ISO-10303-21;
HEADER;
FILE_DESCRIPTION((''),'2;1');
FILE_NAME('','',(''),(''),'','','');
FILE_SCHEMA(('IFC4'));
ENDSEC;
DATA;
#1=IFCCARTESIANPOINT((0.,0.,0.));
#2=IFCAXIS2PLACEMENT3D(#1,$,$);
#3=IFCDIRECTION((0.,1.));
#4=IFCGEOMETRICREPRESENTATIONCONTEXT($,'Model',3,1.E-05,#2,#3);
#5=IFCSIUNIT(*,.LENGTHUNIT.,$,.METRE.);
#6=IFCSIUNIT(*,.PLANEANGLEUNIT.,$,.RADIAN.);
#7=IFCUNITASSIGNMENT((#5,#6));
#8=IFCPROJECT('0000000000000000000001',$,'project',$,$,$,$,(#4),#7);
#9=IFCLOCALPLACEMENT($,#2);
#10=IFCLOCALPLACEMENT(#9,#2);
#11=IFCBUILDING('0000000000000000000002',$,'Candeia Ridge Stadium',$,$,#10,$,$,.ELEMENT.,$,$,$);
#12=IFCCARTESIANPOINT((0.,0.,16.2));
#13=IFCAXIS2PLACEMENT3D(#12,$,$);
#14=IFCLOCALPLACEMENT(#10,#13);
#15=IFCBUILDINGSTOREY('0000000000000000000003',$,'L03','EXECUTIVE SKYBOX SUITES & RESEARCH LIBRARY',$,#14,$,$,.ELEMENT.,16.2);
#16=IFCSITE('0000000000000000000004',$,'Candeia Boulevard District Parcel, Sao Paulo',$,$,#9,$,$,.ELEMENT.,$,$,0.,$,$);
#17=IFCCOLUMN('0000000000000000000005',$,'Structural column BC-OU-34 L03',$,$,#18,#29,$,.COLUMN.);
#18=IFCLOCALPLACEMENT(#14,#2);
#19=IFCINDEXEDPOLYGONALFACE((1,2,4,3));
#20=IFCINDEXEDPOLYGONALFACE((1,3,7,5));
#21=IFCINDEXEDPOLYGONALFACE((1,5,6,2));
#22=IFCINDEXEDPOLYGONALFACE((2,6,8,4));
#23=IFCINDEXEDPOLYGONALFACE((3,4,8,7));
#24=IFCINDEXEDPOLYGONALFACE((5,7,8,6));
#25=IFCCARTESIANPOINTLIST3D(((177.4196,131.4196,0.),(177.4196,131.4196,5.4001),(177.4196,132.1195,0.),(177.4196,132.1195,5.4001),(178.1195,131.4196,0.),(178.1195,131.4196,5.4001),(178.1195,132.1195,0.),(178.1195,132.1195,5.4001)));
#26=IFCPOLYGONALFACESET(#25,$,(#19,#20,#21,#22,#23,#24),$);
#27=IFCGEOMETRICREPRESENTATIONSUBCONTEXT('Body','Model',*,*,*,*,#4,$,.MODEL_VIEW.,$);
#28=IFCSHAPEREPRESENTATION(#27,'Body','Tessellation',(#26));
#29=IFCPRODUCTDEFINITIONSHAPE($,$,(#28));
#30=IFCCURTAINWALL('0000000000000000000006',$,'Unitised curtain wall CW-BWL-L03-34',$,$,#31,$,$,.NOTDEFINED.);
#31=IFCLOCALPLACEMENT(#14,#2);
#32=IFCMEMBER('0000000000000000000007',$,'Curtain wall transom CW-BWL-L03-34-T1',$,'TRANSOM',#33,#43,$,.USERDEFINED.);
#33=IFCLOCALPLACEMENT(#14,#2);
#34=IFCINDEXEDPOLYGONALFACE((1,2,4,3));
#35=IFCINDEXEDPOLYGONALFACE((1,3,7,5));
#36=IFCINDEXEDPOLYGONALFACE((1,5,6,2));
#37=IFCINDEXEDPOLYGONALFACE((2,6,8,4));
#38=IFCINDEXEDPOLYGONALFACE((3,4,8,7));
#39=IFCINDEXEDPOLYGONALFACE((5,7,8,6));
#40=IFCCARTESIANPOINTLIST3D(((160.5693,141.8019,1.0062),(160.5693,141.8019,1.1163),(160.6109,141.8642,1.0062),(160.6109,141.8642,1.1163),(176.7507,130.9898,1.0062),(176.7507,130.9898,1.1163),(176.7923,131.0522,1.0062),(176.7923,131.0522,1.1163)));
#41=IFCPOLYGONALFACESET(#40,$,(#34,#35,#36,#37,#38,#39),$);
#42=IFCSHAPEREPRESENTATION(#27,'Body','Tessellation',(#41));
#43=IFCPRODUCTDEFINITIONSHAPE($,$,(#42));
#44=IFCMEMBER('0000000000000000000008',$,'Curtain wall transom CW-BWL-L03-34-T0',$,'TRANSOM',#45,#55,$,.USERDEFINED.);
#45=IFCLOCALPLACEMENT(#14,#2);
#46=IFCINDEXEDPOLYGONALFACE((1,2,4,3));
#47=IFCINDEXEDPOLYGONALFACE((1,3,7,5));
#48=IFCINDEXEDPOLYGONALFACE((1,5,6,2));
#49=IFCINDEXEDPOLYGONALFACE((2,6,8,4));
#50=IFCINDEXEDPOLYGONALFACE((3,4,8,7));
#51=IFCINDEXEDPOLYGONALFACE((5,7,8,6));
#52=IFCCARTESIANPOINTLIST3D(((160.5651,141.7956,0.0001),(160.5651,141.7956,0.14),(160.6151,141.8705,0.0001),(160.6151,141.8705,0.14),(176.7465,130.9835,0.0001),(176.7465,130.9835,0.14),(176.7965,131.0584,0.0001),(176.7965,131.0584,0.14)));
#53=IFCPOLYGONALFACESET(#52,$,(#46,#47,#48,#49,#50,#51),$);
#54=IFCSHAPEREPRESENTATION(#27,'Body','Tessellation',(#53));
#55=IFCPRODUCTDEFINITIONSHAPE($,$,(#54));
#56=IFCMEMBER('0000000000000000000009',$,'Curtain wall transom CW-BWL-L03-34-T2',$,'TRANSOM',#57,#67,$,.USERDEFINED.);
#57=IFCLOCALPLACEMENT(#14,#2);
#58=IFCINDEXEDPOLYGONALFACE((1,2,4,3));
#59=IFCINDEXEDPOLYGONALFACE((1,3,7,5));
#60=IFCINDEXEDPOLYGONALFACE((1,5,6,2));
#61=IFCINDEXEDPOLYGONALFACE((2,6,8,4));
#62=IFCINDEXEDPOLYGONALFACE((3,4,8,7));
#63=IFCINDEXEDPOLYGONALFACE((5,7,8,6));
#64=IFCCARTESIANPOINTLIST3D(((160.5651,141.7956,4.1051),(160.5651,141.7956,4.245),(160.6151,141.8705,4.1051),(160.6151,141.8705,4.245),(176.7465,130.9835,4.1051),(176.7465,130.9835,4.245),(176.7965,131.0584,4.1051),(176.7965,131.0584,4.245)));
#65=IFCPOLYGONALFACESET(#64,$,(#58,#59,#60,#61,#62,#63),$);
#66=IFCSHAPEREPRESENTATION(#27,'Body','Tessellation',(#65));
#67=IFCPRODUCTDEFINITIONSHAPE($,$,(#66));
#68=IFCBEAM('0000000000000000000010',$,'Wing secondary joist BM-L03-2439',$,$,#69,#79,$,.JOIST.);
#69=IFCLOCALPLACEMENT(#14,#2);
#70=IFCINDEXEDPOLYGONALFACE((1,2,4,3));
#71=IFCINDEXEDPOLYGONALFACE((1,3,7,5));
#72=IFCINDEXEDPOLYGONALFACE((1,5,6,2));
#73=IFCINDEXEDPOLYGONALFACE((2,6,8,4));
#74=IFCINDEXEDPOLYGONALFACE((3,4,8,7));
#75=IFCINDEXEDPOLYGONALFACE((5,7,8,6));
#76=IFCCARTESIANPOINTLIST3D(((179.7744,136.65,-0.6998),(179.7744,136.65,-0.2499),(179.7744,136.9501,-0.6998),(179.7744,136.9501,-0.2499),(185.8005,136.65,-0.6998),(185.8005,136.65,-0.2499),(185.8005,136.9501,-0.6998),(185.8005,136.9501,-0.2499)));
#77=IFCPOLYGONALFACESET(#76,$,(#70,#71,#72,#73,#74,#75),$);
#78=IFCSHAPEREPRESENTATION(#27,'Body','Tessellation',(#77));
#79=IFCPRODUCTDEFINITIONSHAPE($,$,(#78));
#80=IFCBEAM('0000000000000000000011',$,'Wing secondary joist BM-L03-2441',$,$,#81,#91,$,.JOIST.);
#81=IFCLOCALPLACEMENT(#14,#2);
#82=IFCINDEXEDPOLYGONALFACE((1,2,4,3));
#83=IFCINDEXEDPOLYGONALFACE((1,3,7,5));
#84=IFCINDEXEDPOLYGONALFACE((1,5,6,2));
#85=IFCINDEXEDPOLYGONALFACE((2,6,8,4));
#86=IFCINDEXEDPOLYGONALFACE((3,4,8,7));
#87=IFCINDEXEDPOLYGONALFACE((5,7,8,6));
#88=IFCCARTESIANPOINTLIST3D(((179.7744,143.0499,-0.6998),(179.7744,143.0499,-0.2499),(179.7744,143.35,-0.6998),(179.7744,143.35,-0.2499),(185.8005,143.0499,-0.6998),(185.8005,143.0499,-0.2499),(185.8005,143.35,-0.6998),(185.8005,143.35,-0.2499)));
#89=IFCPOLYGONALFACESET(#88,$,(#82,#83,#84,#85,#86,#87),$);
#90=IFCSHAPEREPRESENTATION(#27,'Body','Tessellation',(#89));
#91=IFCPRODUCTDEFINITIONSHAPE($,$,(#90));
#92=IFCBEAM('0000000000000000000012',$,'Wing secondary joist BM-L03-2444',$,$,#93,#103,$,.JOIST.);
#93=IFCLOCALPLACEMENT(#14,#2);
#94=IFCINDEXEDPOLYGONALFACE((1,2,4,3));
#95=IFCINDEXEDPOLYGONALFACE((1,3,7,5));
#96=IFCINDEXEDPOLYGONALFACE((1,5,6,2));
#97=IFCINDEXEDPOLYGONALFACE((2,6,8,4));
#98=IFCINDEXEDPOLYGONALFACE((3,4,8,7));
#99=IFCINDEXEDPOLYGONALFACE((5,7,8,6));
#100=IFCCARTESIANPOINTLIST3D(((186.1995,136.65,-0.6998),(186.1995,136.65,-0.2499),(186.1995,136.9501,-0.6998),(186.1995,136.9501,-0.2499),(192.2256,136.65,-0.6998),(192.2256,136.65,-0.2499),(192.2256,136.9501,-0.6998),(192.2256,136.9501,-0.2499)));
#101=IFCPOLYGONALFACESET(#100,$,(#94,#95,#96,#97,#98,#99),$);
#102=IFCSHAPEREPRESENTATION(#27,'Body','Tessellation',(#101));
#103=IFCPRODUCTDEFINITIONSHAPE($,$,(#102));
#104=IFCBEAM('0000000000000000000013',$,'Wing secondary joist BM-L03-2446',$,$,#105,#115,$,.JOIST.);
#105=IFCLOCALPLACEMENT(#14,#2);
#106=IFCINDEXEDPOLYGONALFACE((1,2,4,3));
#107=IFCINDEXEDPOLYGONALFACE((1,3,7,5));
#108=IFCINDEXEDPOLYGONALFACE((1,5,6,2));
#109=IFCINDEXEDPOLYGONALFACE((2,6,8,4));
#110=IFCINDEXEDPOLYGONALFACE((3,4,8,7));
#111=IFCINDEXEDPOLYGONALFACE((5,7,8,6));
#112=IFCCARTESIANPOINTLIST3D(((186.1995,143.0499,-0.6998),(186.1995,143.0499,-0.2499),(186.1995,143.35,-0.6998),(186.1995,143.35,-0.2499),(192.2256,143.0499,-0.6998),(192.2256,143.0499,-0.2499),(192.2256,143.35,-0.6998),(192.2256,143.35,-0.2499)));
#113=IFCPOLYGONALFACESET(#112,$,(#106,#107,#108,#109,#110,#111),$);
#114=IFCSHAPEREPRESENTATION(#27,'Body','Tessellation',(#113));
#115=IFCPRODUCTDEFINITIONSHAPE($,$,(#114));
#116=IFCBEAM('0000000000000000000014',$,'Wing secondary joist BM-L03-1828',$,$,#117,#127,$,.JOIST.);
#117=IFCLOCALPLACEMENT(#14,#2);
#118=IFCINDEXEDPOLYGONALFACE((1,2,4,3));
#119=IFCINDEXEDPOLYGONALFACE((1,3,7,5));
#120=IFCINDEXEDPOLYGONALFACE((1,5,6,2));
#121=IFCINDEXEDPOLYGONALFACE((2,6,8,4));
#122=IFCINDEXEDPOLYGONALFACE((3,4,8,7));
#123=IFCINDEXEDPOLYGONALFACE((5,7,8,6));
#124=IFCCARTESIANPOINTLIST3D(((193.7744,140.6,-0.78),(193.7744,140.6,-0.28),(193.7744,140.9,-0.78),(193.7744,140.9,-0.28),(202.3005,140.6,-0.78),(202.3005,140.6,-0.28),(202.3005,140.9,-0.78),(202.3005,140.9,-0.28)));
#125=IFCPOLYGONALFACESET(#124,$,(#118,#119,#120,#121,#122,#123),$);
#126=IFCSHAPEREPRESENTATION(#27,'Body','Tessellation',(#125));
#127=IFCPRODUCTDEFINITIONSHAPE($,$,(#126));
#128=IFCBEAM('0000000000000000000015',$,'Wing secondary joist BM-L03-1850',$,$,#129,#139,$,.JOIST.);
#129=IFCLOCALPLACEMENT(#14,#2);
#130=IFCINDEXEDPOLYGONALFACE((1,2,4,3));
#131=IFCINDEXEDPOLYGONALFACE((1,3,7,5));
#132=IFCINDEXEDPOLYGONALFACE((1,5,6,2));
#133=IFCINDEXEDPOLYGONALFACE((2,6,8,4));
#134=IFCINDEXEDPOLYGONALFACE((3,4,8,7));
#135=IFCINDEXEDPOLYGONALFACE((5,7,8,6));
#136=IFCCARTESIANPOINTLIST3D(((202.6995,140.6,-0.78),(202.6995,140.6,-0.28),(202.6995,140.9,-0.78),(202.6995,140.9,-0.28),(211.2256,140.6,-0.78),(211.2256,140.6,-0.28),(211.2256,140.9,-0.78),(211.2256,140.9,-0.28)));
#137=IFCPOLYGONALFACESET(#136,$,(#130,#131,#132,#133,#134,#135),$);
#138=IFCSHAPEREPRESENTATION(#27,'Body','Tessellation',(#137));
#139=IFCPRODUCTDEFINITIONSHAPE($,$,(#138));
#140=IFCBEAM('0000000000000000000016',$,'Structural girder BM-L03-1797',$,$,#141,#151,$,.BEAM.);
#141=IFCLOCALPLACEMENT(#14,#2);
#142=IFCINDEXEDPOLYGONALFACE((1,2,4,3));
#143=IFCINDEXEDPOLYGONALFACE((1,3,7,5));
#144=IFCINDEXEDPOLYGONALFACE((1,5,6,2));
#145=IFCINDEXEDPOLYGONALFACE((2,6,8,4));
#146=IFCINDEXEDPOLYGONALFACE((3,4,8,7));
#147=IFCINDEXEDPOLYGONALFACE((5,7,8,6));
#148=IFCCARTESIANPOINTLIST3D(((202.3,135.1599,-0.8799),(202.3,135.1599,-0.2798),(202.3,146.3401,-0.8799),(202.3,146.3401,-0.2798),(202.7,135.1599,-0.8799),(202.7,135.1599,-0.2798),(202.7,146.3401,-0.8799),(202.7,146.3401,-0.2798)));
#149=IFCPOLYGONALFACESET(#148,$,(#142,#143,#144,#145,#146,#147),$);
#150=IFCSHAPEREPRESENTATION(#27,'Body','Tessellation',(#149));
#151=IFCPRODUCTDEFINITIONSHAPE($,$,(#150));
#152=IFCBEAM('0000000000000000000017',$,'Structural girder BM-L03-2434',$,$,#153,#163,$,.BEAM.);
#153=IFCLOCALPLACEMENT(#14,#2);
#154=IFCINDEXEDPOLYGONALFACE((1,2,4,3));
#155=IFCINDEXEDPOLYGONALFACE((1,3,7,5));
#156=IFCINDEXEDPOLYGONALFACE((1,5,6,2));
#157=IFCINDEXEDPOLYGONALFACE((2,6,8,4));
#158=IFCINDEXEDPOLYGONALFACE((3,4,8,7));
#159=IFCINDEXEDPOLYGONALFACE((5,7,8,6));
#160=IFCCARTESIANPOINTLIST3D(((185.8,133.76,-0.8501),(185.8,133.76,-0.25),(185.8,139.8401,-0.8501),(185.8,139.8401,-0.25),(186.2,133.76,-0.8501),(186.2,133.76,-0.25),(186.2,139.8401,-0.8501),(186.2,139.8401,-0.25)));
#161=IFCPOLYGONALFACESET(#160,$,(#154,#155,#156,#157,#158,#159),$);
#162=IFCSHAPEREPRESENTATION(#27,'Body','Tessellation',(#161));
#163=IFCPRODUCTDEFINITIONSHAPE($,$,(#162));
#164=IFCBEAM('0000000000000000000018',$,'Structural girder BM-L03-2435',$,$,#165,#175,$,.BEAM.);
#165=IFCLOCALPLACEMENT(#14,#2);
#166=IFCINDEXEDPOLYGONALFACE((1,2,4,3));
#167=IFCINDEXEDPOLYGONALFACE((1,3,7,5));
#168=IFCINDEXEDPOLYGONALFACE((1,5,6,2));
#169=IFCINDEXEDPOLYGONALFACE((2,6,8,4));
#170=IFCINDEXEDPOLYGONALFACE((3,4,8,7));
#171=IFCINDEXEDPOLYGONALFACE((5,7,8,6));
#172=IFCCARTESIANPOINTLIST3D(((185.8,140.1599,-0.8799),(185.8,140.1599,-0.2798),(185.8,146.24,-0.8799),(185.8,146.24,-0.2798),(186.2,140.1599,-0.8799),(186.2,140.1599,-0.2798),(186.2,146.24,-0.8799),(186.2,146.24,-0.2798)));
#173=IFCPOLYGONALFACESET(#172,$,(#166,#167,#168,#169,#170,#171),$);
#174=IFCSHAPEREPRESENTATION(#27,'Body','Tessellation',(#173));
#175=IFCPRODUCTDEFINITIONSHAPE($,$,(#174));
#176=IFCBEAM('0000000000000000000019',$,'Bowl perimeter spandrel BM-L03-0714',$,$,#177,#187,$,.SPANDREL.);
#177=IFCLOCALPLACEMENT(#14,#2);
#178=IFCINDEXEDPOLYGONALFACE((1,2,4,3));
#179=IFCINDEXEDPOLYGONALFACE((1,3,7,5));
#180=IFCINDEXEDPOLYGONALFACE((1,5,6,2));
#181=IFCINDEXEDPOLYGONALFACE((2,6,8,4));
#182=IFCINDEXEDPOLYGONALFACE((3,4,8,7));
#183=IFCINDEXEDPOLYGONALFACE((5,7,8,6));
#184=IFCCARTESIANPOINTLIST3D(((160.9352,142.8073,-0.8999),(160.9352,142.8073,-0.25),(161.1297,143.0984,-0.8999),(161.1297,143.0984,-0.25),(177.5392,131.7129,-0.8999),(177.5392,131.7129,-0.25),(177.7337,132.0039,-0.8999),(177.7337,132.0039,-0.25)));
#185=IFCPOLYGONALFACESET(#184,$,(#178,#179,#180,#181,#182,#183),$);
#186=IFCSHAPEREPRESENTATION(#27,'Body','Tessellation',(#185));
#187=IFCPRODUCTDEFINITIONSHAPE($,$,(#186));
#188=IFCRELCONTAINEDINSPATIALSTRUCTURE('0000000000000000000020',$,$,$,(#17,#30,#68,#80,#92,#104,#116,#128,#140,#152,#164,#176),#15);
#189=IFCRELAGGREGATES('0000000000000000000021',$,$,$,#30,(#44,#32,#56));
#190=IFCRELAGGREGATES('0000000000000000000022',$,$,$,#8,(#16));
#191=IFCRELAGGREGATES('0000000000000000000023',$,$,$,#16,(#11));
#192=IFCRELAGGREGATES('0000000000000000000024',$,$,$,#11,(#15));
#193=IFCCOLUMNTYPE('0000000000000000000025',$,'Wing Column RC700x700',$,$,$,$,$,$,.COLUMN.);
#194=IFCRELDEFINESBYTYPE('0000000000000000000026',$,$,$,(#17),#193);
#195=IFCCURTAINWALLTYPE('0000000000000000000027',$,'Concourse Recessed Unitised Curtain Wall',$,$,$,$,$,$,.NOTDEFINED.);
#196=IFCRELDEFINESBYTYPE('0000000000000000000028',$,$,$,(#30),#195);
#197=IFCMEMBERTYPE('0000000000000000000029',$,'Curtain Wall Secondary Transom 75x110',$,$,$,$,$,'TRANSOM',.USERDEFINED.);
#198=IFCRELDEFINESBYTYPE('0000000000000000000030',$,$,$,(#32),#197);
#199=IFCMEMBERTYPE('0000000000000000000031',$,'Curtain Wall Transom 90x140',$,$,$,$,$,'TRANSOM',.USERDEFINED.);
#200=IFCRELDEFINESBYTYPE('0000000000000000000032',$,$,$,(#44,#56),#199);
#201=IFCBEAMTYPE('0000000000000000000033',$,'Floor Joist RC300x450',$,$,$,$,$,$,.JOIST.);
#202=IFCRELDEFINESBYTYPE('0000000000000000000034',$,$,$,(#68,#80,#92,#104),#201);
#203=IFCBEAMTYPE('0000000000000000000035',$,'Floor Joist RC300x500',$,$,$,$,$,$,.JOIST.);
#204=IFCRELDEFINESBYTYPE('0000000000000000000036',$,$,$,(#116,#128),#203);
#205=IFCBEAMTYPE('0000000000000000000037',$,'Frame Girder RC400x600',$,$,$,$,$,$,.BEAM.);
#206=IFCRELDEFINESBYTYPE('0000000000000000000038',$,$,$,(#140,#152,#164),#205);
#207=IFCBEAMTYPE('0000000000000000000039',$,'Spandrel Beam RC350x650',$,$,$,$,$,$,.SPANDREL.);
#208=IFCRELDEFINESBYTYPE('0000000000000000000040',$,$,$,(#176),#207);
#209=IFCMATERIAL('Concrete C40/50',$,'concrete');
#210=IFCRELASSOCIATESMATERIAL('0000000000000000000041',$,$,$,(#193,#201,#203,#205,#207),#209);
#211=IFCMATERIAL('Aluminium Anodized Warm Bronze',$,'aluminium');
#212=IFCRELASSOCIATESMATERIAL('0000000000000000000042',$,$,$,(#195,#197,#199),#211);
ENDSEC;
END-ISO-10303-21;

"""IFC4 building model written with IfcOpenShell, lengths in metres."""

from ifc_helpers import new_model, si_unit, direction, frame, origin, origin_2d, place, context, subcontext, project, spatial, rectangle, extrude, material, material_profile, profile_set, type_object, element, aggregate, save


model = new_model("IFC4")

# Units and contexts
model_context = context("Model", 3, precision=1e-05, world=origin(), true_north=direction((0.0, 1.0)))
body_context = subcontext(model_context, "Body", "Model", "MODEL_VIEW")
ifc_project = project(units=[si_unit("LENGTHUNIT", "METRE"), si_unit("PLANEANGLEUNIT", "RADIAN")], contexts=[model_context])

# Site, building, storey
site_placement = place(None, origin())
site = spatial("IfcSite", under=ifc_project, at=site_placement, Name="Candeia Boulevard District Parcel, Sao Paulo", CompositionType="ELEMENT", RefElevation=0.0)
building_placement = place(site_placement, origin())
building = spatial("IfcBuilding", under=site, at=building_placement, Name="Candeia Ridge Stadium", CompositionType="ELEMENT")
storey_placement = place(building_placement, frame((0.0, 0.0, 16.2)))
storey = spatial("IfcBuildingStorey", under=building, at=storey_placement, Name="L03", Description="EXECUTIVE SKYBOX SUITES & RESEARCH LIBRARY", CompositionType="ELEMENT", Elevation=16.2)

# Column
ifc_material_1 = material(Name="Concrete C40/50", Category="concrete")
ifc_material_profile_1 = material_profile(ifc_material_1, rectangle(XDim=0.7, YDim=0.7, at=origin_2d()), Name="RC700x700", Category="concrete")
ifc_profile_set_1 = profile_set([ifc_material_profile_1], Name="Concrete C40/50")
column_type = type_object("IfcColumnType", Name="Wing Column RC700x700", PredefinedType="COLUMN", material=ifc_profile_set_1)
column_placement = place(storey_placement, frame((177.7695, 131.7695, 0.0), z_axis=(0.0, 0.0, 1.0), x_axis=(1.0, 0.0, 0.0)))
element("IfcColumn", 1, at=column_placement, inside=storey, type_object=column_type, Name="Structural column BC-OU-34 L03", PredefinedType="COLUMN", context=body_context, shape_type="SweptSolid", body=[
    extrude(rectangle(XDim=0.7, YDim=0.7, at=origin_2d()), origin(), (0.0, 0.0, 1.0), 5.4001),
])

# Curtain wall, members
ifc_material_2 = material(Name="Aluminium Anodized Warm Bronze", Category="aluminium")
curtain_wall_type = type_object("IfcCurtainWallType", Name="Concourse Recessed Unitised Curtain Wall", PredefinedType="NOTDEFINED", material=ifc_material_2)
curtain_wall_placement = place(storey_placement, origin())
curtain_wall = element("IfcCurtainWall", 2, at=curtain_wall_placement, inside=storey, type_object=curtain_wall_type, Name="Unitised curtain wall CW-BWL-L03-34", PredefinedType="NOTDEFINED")
ifc_material_profile_2 = material_profile(ifc_material_2, rectangle(XDim=0.075, YDim=0.1101, at=origin_2d()), Name="CWT-75x110", Category="aluminium")
ifc_profile_set_2 = profile_set([ifc_material_profile_2], Name="Aluminium Anodized Warm Bronze")
member_type_1 = type_object("IfcMemberType", Name="Curtain Wall Secondary Transom 75x110", ElementType="TRANSOM", PredefinedType="USERDEFINED", material=ifc_profile_set_2)
member_1_placement = place(storey_placement, frame((176.7715, 131.021, 1.0613), z_axis=(-0.831471, 0.555568, 0.0), x_axis=(-0.555568, -0.831471, 0.0)))
member_1 = element("IfcMember", 3, at=member_1_placement, type_object=member_type_1, Name="Curtain wall transom CW-BWL-L03-34-T1", ObjectType="TRANSOM", PredefinedType="USERDEFINED", context=body_context, shape_type="SweptSolid", body=[
    extrude(rectangle(XDim=0.075, YDim=0.1101, at=origin_2d()), origin(), (0.0, 0.0, 1.0), 19.4612),
])
ifc_material_profile_3 = material_profile(ifc_material_2, rectangle(XDim=0.0901, YDim=0.1399, at=origin_2d()), Name="CWT-90x140", Category="aluminium")
ifc_profile_set_3 = profile_set([ifc_material_profile_3], Name="Aluminium Anodized Warm Bronze")
member_type_2 = type_object("IfcMemberType", Name="Curtain Wall Transom 90x140", ElementType="TRANSOM", PredefinedType="USERDEFINED", material=ifc_profile_set_3)
member_2_placement = place(storey_placement, frame((176.7715, 131.021, 0.0701), z_axis=(-0.831471, 0.555568, 0.0), x_axis=(-0.555568, -0.831471, 0.0)))
member_2 = element("IfcMember", 4, at=member_2_placement, type_object=member_type_2, Name="Curtain wall transom CW-BWL-L03-34-T0", ObjectType="TRANSOM", PredefinedType="USERDEFINED", context=body_context, shape_type="SweptSolid", body=[
    extrude(rectangle(XDim=0.0901, YDim=0.1399, at=origin_2d()), origin(), (0.0, 0.0, 1.0), 19.4612),
])
member_3_placement = place(storey_placement, frame((176.7715, 131.021, 4.175), z_axis=(-0.831471, 0.555568, 0.0), x_axis=(-0.555568, -0.831471, 0.0)))
member_3 = element("IfcMember", 5, at=member_3_placement, type_object=member_type_2, Name="Curtain wall transom CW-BWL-L03-34-T2", ObjectType="TRANSOM", PredefinedType="USERDEFINED", context=body_context, shape_type="SweptSolid", body=[
    extrude(rectangle(XDim=0.0901, YDim=0.1399, at=origin_2d()), origin(), (0.0, 0.0, 1.0), 19.4612),
])
aggregate(curtain_wall, [member_2, member_1, member_3])

# Beams
ifc_material_profile_4 = material_profile(ifc_material_1, rectangle(XDim=0.3, YDim=0.45, at=origin_2d()), Name="RC300x450", Category="concrete")
ifc_profile_set_4 = profile_set([ifc_material_profile_4], Name="Concrete C40/50")
beam_type_1 = type_object("IfcBeamType", Name="Floor Joist RC300x450", PredefinedType="JOIST", material=ifc_profile_set_4)
for number, where, z_axis, x_axis, name in (
    (6, (179.7744, 136.8, -0.4749), (1.0, 0.0, 0.0), (0.0, 1.0, 0.0), "Wing secondary joist BM-L03-2439"),
    (7, (179.7744, 143.2, -0.4749), (1.0, 0.0, 0.0), (0.0, 1.0, 0.0), "Wing secondary joist BM-L03-2441"),
    (8, (186.1995, 136.8, -0.4749), (1.0, 0.0, 0.0), (0.0, 1.0, 0.0), "Wing secondary joist BM-L03-2444"),
    (9, (186.1995, 143.2, -0.4749), (1.0, 0.0, 0.0), (0.0, 1.0, 0.0), "Wing secondary joist BM-L03-2446"),
):
    element("IfcBeam", number, at=place(storey_placement, frame(where, z_axis=z_axis, x_axis=x_axis)), inside=storey, type_object=beam_type_1, Name=name, PredefinedType="JOIST", context=body_context, shape_type="SweptSolid", body=[
        extrude(rectangle(XDim=0.3, YDim=0.45, at=origin_2d()), origin(), (0.0, 0.0, 1.0), 6.0261),
    ])
ifc_material_profile_5 = material_profile(ifc_material_1, rectangle(XDim=0.3, YDim=0.5, at=origin_2d()), Name="RC300x500", Category="concrete")
ifc_profile_set_5 = profile_set([ifc_material_profile_5], Name="Concrete C40/50")
beam_type_2 = type_object("IfcBeamType", Name="Floor Joist RC300x500", PredefinedType="JOIST", material=ifc_profile_set_5)
for number, where, z_axis, x_axis, name in (
    (10, (193.7744, 140.75, -0.53), (1.0, 0.0, 0.0), (0.0, 1.0, 0.0), "Wing secondary joist BM-L03-1828"),
    (11, (202.6995, 140.75, -0.53), (1.0, 0.0, 0.0), (0.0, 1.0, 0.0), "Wing secondary joist BM-L03-1850"),
):
    element("IfcBeam", number, at=place(storey_placement, frame(where, z_axis=z_axis, x_axis=x_axis)), inside=storey, type_object=beam_type_2, Name=name, PredefinedType="JOIST", context=body_context, shape_type="SweptSolid", body=[
        extrude(rectangle(XDim=0.3, YDim=0.5, at=origin_2d()), origin(), (0.0, 0.0, 1.0), 8.5261),
    ])
ifc_material_profile_6 = material_profile(ifc_material_1, rectangle(XDim=0.3999, YDim=0.6001, at=origin_2d()), Name="RC400x600", Category="concrete")
ifc_profile_set_6 = profile_set([ifc_material_profile_6], Name="Concrete C40/50")
beam_type_3 = type_object("IfcBeamType", Name="Frame Girder RC400x600", PredefinedType="BEAM", material=ifc_profile_set_6)
beam_1_placement = place(storey_placement, frame((202.5, 135.1599, -0.5798), z_axis=(0.0, 1.0, 0.0), x_axis=(-1.0, 0.0, 0.0)))
element("IfcBeam", 12, at=beam_1_placement, inside=storey, type_object=beam_type_3, Name="Structural girder BM-L03-1797", PredefinedType="BEAM", context=body_context, shape_type="SweptSolid", body=[
    extrude(rectangle(XDim=0.3999, YDim=0.6001, at=origin_2d()), origin(), (0.0, 0.0, 1.0), 11.1802),
])
for number, where, z_axis, x_axis, name in (
    (13, (186.0, 133.76, -0.55), (0.0, 1.0, 0.0), (-1.0, 0.0, 0.0), "Structural girder BM-L03-2434"),
    (14, (186.0, 140.1599, -0.5798), (0.0, 1.0, 0.0), (-1.0, 0.0, 0.0), "Structural girder BM-L03-2435"),
):
    element("IfcBeam", number, at=place(storey_placement, frame(where, z_axis=z_axis, x_axis=x_axis)), inside=storey, type_object=beam_type_3, Name=name, PredefinedType="BEAM", context=body_context, shape_type="SweptSolid", body=[
        extrude(rectangle(XDim=0.3999, YDim=0.6001, at=origin_2d()), origin(), (0.0, 0.0, 1.0), 6.0801),
    ])
ifc_material_profile_7 = material_profile(ifc_material_1, rectangle(XDim=0.3501, YDim=0.6499, at=origin_2d()), Name="RC350x650", Category="concrete")
ifc_profile_set_7 = profile_set([ifc_material_profile_7], Name="Concrete C40/50")
beam_type_4 = type_object("IfcBeamType", Name="Spandrel Beam RC350x650", PredefinedType="SPANDREL", material=ifc_profile_set_7)
beam_2_placement = place(storey_placement, frame((177.6365, 131.8584, -0.575), z_axis=(-0.831469, 0.555572, 0.0), x_axis=(-0.555572, -0.831469, 0.0)))
element("IfcBeam", 15, at=beam_2_placement, inside=storey, type_object=beam_type_4, Name="Bowl perimeter spandrel BM-L03-0714", PredefinedType="SPANDREL", context=body_context, shape_type="SweptSolid", body=[
    extrude(rectangle(XDim=0.3501, YDim=0.6499, at=origin_2d()), origin(), (0.0, 0.0, 1.0), 19.9695),
])

save(model, "model.ifc")
